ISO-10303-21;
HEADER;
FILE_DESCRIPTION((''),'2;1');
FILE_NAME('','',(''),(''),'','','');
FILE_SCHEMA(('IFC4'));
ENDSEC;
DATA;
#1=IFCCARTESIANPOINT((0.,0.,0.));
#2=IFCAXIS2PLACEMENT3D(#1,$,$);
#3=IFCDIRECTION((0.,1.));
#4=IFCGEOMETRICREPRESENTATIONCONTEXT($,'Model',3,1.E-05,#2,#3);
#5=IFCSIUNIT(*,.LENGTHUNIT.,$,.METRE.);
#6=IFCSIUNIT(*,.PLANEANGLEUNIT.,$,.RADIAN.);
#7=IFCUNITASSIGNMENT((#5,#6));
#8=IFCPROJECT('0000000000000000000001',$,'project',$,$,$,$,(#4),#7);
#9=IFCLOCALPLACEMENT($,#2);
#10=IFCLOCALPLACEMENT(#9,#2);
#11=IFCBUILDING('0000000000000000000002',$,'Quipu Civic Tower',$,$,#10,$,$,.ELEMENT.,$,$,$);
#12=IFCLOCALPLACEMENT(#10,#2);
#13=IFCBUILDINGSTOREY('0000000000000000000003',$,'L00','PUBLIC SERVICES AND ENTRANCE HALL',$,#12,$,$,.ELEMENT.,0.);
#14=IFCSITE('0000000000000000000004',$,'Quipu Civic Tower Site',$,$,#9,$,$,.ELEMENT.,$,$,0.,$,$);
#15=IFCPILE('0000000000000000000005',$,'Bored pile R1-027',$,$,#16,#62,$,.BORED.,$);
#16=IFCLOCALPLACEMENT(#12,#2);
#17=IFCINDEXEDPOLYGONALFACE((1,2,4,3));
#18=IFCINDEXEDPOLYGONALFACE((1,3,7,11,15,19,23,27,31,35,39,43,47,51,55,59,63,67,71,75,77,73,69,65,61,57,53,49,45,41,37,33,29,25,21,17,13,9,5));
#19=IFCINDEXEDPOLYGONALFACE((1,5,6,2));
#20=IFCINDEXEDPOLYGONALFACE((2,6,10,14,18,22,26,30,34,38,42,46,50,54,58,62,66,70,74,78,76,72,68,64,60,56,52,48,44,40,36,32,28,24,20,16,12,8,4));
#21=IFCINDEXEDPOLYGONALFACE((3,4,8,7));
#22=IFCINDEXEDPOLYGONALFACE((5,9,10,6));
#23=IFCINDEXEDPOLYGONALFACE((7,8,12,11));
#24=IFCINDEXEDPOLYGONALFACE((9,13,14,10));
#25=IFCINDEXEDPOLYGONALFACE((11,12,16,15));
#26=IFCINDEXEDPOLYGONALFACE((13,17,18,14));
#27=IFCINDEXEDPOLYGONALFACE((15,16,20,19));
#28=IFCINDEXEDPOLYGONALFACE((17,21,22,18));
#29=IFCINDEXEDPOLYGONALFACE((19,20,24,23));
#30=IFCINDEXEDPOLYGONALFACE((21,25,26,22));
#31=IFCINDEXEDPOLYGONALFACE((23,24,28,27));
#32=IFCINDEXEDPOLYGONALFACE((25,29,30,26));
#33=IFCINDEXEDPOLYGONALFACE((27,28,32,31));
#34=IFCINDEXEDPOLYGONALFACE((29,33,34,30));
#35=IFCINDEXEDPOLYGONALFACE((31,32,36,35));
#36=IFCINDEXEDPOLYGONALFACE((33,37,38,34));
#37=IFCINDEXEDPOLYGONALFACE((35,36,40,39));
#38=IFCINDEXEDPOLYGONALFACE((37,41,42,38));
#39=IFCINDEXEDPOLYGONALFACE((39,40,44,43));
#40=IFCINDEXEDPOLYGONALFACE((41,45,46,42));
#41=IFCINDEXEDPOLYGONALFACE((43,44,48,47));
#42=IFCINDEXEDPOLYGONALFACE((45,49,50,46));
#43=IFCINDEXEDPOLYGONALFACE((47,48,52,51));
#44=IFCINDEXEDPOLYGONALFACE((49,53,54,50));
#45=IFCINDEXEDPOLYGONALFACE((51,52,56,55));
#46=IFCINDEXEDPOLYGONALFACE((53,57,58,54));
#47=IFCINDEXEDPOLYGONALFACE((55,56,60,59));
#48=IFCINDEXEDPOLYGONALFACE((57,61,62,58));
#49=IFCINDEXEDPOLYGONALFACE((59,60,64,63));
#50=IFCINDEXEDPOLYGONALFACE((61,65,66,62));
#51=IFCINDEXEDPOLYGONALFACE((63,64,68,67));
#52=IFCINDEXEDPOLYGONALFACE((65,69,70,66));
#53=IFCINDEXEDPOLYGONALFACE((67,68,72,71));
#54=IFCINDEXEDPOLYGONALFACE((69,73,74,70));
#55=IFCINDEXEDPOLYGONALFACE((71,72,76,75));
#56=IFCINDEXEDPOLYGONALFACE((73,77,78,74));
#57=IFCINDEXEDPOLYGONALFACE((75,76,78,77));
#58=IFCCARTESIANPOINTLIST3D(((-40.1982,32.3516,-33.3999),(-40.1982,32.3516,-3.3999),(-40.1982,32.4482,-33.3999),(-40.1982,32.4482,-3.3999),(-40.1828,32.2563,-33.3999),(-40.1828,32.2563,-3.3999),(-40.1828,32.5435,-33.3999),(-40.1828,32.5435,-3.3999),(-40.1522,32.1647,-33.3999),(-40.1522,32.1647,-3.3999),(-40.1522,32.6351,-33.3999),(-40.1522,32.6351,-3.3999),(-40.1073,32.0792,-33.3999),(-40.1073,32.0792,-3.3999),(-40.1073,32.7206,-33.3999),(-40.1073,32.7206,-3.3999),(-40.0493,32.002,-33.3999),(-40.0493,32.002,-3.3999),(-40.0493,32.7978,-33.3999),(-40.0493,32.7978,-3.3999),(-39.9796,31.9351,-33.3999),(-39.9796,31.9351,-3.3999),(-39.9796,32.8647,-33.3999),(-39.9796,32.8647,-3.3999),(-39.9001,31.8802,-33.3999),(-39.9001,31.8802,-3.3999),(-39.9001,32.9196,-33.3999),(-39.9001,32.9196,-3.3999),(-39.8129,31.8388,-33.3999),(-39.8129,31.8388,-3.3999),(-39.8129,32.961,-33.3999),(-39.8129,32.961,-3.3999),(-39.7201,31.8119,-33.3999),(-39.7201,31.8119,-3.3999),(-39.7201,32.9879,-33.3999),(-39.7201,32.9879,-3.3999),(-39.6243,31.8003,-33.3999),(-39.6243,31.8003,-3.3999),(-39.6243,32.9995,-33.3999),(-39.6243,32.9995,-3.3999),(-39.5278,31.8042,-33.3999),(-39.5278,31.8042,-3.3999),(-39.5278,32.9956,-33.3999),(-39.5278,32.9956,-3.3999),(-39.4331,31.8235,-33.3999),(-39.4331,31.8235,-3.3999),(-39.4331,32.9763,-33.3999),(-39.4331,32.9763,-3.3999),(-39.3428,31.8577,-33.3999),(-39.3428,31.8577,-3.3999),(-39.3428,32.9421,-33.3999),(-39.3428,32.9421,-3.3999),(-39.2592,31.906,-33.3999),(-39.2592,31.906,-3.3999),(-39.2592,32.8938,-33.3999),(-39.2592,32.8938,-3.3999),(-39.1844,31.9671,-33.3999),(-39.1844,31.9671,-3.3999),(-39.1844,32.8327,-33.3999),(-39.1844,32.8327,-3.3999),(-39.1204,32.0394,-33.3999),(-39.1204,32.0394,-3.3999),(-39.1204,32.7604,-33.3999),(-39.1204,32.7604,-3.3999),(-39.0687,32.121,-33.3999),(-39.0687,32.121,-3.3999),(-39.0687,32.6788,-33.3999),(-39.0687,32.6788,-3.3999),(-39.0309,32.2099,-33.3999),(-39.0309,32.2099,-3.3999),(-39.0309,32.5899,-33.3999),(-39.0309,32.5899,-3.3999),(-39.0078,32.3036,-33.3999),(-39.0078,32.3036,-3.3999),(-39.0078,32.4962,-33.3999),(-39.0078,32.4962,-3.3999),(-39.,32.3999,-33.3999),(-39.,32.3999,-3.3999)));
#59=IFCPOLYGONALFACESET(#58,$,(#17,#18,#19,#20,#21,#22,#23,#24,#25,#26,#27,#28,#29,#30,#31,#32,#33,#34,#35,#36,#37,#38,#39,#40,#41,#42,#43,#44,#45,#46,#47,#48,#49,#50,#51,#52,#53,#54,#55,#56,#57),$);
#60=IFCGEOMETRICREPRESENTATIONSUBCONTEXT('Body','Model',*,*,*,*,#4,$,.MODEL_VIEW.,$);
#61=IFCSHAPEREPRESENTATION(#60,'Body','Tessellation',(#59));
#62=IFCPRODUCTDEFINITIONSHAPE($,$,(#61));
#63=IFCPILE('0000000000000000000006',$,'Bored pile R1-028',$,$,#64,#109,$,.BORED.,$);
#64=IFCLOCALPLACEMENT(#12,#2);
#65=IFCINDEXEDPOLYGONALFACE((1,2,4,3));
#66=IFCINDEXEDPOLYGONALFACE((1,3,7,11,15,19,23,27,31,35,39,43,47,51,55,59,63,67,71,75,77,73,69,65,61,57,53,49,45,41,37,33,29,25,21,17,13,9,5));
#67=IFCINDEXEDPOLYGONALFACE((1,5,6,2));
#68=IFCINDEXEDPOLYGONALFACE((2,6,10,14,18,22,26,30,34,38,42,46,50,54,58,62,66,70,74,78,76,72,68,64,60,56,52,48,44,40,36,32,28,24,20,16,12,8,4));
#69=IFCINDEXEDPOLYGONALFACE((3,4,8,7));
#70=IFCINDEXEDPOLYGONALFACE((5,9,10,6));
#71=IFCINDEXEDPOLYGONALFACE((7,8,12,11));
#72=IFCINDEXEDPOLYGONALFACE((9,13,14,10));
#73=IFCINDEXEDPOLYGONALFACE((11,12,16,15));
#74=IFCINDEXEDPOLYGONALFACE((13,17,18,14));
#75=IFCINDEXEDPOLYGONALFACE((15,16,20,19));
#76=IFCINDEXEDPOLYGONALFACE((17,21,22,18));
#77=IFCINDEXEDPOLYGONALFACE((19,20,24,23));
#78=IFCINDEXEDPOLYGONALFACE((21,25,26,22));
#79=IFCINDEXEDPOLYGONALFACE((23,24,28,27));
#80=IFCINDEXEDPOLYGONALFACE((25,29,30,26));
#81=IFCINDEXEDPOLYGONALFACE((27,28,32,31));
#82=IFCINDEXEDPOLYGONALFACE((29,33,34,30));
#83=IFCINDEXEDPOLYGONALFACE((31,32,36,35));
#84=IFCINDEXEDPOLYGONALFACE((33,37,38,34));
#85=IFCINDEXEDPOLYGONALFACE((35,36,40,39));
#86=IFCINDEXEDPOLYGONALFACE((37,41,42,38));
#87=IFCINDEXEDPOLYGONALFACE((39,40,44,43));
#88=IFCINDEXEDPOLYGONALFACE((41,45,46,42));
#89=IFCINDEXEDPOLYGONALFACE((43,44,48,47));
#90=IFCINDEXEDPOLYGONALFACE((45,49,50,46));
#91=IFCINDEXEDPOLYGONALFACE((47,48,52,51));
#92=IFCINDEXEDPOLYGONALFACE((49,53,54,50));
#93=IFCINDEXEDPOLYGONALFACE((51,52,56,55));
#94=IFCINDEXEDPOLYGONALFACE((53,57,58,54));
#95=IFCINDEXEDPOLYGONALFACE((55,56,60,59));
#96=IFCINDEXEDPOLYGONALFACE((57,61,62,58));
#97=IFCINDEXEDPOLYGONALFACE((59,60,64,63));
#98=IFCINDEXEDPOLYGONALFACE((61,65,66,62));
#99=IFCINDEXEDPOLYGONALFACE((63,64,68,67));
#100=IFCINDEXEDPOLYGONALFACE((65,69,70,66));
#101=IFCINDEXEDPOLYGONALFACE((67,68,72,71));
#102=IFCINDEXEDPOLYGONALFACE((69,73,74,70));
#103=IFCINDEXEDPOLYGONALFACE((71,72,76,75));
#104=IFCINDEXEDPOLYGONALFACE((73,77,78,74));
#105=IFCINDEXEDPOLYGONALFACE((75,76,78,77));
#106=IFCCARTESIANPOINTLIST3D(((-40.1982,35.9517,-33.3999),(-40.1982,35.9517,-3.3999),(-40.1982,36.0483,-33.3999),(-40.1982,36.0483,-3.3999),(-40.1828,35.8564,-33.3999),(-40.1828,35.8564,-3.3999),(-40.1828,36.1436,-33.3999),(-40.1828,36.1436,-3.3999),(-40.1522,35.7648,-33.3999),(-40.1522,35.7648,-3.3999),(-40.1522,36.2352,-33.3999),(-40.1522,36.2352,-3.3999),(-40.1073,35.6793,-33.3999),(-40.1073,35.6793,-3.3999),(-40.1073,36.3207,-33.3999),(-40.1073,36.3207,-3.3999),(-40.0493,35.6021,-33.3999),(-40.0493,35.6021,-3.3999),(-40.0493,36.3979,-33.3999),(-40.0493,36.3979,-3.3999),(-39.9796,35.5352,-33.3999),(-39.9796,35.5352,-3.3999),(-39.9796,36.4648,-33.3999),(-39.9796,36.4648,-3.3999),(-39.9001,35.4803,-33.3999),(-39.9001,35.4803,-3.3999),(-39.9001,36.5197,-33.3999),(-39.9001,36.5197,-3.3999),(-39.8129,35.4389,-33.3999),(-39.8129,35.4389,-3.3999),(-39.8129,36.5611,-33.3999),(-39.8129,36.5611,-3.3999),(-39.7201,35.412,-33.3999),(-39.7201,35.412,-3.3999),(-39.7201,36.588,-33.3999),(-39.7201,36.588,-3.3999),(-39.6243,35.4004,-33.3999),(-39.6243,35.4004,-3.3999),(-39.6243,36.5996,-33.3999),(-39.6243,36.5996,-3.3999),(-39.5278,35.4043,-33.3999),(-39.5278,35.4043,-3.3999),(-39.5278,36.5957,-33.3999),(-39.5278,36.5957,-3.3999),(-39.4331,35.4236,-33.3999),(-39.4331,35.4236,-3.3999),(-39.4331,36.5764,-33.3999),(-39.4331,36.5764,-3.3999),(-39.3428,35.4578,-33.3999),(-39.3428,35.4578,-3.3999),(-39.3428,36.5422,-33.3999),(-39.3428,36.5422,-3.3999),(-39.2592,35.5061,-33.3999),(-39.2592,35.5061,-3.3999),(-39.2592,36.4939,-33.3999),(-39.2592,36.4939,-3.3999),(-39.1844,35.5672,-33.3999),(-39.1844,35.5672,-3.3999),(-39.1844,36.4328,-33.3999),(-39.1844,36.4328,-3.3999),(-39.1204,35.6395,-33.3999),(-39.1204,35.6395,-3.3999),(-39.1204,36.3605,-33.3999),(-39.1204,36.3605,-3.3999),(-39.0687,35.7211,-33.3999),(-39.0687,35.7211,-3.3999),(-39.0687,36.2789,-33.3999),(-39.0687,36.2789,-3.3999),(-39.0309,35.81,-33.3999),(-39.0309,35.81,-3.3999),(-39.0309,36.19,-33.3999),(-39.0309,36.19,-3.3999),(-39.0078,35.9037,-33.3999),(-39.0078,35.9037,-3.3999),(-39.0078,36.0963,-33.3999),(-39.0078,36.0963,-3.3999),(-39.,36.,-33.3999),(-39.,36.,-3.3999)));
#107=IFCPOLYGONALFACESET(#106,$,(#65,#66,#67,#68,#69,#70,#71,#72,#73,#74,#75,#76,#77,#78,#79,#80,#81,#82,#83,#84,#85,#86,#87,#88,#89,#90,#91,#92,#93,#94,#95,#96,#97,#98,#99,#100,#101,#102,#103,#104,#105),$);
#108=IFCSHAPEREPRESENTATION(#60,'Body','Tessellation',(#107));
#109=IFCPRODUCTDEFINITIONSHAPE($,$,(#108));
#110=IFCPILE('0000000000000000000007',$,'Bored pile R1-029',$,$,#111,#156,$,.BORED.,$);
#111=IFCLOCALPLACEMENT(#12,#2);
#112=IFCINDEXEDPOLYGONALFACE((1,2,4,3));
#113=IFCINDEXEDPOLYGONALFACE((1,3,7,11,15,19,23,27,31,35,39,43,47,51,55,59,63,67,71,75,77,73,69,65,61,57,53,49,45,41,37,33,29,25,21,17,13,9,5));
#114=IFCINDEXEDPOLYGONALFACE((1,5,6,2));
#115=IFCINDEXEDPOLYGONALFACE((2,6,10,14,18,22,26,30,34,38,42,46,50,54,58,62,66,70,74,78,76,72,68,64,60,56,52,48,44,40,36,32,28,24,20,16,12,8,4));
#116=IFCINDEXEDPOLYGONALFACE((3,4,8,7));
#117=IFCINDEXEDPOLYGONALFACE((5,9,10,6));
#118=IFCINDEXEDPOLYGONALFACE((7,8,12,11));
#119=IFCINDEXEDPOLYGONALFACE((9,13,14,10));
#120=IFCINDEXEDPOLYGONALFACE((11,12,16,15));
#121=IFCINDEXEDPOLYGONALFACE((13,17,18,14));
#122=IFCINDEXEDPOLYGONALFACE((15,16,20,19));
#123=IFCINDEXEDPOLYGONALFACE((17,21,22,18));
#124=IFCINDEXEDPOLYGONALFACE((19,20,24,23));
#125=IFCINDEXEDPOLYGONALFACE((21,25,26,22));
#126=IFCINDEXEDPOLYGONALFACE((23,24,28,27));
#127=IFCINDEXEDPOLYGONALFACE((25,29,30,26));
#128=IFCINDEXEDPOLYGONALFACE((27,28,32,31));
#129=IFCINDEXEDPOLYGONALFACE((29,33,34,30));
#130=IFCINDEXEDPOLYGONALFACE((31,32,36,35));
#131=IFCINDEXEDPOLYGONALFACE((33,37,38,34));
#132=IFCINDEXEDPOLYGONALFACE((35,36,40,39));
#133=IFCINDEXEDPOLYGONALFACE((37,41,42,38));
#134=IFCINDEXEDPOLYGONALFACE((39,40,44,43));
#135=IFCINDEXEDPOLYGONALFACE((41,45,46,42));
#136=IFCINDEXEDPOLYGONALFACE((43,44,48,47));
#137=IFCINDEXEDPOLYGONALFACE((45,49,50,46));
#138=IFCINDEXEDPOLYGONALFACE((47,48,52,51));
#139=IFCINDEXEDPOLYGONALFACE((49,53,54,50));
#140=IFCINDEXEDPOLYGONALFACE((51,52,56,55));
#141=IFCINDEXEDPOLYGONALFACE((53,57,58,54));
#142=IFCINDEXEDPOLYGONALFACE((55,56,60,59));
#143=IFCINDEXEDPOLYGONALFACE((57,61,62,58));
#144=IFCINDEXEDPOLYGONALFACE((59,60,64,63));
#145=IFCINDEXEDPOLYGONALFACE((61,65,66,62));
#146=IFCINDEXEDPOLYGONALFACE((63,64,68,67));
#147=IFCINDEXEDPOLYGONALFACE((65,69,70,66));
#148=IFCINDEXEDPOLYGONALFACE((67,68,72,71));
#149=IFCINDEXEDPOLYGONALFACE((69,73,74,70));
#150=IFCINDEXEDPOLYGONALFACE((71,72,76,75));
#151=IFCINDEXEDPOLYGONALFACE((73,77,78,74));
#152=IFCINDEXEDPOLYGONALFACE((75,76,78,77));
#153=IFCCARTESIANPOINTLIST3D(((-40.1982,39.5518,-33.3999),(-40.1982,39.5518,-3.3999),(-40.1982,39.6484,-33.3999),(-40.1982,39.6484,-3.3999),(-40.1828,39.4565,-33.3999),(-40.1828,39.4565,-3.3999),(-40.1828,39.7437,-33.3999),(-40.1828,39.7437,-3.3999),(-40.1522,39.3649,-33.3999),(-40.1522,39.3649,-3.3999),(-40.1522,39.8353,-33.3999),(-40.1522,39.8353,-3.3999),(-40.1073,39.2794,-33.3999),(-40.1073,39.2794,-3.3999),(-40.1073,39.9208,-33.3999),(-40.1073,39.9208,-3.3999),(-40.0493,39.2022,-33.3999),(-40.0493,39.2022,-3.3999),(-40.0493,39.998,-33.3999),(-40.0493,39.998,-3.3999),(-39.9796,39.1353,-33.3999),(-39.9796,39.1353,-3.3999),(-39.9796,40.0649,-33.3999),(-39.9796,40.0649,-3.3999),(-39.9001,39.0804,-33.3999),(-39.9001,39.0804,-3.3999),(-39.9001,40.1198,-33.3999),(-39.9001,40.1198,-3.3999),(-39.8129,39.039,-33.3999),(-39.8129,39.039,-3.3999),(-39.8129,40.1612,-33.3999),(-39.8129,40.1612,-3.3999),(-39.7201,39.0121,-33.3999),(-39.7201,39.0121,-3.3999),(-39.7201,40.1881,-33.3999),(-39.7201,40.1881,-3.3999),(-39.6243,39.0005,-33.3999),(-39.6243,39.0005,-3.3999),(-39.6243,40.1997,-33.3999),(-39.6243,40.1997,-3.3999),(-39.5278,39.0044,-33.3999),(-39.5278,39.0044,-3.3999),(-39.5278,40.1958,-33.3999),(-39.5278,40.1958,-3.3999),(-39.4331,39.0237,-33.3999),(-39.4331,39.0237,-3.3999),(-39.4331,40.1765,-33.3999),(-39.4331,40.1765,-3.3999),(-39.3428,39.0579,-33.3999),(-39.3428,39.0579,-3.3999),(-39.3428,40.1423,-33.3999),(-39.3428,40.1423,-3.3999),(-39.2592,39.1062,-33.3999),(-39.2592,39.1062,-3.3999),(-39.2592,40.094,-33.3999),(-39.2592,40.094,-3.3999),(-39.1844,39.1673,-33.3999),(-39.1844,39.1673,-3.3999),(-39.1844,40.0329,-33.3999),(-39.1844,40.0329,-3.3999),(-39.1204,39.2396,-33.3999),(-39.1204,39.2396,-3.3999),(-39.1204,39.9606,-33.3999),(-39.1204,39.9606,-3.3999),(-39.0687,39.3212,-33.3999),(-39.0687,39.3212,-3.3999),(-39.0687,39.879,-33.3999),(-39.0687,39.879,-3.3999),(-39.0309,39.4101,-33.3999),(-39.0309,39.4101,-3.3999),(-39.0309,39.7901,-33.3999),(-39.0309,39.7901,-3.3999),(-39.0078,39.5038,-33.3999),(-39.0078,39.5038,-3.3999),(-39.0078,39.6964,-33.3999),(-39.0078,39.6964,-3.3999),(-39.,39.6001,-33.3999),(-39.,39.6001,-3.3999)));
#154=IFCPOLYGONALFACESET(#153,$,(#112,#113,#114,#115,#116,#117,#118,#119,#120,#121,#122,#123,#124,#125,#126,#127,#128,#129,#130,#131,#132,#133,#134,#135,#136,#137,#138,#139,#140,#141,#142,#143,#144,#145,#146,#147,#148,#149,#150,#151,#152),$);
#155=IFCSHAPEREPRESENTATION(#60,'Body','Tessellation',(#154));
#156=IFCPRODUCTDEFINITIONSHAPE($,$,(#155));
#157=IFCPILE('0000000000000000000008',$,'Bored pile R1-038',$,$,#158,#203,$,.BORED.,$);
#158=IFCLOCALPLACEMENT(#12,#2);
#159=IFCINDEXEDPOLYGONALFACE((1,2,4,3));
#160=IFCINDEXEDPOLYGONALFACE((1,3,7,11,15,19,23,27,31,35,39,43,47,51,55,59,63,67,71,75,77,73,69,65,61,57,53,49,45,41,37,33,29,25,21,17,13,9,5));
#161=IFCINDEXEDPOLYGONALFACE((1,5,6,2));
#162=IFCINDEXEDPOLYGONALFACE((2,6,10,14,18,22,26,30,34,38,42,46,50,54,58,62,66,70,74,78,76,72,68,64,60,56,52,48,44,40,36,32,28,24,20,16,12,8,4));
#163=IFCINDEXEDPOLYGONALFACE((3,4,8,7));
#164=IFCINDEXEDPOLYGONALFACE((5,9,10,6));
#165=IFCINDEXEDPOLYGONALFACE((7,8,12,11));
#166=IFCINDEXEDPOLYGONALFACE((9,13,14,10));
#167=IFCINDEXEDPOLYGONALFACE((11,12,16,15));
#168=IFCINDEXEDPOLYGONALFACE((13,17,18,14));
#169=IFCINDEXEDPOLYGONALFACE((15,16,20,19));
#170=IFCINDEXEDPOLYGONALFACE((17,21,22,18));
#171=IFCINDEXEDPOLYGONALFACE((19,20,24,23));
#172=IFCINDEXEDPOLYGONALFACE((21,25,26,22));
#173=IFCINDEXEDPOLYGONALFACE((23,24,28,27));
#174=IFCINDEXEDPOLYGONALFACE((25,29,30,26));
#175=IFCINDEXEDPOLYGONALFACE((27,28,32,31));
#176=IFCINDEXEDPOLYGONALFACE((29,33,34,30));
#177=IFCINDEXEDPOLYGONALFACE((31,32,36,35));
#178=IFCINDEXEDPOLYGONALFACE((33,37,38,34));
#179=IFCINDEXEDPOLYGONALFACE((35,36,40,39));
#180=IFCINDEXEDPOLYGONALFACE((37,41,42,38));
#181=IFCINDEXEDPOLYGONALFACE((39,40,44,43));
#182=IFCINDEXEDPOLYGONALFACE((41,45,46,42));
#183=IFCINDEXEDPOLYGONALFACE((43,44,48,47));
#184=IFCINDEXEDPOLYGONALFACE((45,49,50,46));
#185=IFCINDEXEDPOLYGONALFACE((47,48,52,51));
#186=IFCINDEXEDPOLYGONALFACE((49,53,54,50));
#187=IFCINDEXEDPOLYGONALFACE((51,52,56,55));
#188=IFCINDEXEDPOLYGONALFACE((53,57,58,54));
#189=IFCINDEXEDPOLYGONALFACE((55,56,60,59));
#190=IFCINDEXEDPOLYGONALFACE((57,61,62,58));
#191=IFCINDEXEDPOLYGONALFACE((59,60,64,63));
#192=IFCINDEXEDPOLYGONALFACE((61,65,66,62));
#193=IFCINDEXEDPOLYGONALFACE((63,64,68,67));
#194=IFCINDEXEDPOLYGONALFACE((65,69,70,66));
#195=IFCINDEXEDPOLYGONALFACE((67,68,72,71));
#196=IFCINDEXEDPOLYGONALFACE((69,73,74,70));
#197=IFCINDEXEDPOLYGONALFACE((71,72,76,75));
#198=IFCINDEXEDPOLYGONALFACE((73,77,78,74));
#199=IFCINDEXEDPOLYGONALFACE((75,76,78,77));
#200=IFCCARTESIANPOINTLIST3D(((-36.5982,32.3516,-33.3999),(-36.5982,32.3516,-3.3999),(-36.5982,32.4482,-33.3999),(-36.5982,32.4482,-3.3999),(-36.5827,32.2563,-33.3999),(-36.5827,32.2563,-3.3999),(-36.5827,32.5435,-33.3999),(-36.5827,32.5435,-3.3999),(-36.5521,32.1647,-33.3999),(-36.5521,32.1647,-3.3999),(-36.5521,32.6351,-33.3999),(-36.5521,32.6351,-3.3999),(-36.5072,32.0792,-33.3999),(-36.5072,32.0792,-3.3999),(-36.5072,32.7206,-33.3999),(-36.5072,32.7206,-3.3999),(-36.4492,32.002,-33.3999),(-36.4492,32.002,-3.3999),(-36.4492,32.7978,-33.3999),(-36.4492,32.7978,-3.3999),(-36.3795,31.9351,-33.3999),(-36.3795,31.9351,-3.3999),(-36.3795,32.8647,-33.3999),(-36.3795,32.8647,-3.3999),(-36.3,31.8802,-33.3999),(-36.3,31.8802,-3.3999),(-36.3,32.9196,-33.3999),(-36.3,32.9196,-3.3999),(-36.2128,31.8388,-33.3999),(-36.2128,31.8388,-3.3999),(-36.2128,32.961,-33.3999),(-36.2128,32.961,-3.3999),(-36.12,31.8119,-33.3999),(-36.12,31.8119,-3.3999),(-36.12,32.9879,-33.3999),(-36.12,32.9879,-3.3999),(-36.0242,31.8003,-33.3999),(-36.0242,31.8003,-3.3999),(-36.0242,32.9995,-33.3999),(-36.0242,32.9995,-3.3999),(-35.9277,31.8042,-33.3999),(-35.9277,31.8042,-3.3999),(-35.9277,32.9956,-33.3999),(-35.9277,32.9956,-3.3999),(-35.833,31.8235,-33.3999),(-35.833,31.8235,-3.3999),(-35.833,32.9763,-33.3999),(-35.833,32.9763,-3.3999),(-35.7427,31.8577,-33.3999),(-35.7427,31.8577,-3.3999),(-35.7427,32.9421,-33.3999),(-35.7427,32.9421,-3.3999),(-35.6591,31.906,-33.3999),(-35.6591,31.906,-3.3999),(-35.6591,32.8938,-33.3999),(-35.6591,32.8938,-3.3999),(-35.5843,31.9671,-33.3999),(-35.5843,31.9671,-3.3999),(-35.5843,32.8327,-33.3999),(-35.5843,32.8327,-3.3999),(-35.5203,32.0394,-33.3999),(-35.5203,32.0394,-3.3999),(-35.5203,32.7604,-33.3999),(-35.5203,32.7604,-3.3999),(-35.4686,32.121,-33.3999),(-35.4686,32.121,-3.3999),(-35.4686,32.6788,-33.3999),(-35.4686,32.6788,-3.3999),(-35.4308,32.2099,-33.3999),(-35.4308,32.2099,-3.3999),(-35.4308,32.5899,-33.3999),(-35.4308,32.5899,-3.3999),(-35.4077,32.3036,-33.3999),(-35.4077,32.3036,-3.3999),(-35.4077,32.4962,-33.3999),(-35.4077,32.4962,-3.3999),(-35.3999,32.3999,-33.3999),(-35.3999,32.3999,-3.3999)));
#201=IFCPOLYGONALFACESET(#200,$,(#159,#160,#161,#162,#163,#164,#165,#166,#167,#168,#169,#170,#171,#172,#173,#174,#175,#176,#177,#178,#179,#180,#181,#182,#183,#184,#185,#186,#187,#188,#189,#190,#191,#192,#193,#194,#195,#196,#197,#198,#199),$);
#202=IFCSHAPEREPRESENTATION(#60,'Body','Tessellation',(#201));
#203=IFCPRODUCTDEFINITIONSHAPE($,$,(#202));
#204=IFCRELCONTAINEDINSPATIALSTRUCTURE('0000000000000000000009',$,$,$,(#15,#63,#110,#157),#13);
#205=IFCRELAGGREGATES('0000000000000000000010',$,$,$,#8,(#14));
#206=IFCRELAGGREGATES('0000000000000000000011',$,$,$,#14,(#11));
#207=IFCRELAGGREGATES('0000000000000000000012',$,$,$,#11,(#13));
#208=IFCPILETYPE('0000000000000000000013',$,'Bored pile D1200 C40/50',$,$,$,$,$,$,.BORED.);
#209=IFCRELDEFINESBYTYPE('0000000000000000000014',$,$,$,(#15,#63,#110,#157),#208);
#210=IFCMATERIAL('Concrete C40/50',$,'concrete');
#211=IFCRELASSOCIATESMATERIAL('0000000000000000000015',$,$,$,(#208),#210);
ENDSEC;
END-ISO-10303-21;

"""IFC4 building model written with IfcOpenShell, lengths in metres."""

from ifc_helpers import new_model, si_unit, direction, frame, origin, origin_2d, place, context, subcontext, project, spatial, circle, extrude, material, material_profile, profile_set, type_object, element, save


model = new_model("IFC4")

# Units and contexts
model_context = context("Model", 3, precision=1e-05, world=origin(), true_north=direction((0.0, 1.0)))
body_context = subcontext(model_context, "Body", "Model", "MODEL_VIEW")
ifc_project = project(units=[si_unit("LENGTHUNIT", "METRE"), si_unit("PLANEANGLEUNIT", "RADIAN")], contexts=[model_context])

# Site, building, storey
site_placement = place(None, origin())
site = spatial("IfcSite", under=ifc_project, at=site_placement, Name="Quipu Civic Tower Site", CompositionType="ELEMENT", RefElevation=0.0)
building_placement = place(site_placement, origin())
building = spatial("IfcBuilding", under=site, at=building_placement, Name="Quipu Civic Tower", CompositionType="ELEMENT")
storey_placement = place(building_placement, origin())
storey = spatial("IfcBuildingStorey", under=building, at=storey_placement, Name="L00", Description="PUBLIC SERVICES AND ENTRANCE HALL", CompositionType="ELEMENT", Elevation=0.0)

# Piles
ifc_material_1 = material(Name="Concrete C40/50", Category="concrete")
ifc_material_profile_1 = material_profile(ifc_material_1, circle(Radius=0.6001, at=origin_2d()), Name="RCD1200")
ifc_profile_set_1 = profile_set([ifc_material_profile_1], Name="Concrete C40/50")
pile_type = type_object("IfcPileType", Name="Bored pile D1200 C40/50", PredefinedType="BORED", material=ifc_profile_set_1)
for number, where, z_axis, x_axis, name in (
    (1, (-39.6001, 32.3999, -3.3999), (0.0, 0.0, -1.0), (1.0, 0.0, 0.0), "Bored pile R1-027"),
    (2, (-39.6001, 36.0, -3.3999), (0.0, 0.0, -1.0), (1.0, 0.0, 0.0), "Bored pile R1-028"),
    (3, (-39.6001, 39.6001, -3.3999), (0.0, 0.0, -1.0), (1.0, 0.0, 0.0), "Bored pile R1-029"),
    (4, (-36.0, 32.3999, -3.3999), (0.0, 0.0, -1.0), (1.0, 0.0, 0.0), "Bored pile R1-038"),
):
    element("IfcPile", number, at=place(storey_placement, frame(where, z_axis=z_axis, x_axis=x_axis)), inside=storey, type_object=pile_type, Name=name, PredefinedType="BORED", context=body_context, shape_type="SweptSolid", body=[
        extrude(circle(Radius=0.6001, at=origin_2d()), origin(), (0.0, 0.0, 1.0), 30.0),
    ])

save(model, "model.ifc")
